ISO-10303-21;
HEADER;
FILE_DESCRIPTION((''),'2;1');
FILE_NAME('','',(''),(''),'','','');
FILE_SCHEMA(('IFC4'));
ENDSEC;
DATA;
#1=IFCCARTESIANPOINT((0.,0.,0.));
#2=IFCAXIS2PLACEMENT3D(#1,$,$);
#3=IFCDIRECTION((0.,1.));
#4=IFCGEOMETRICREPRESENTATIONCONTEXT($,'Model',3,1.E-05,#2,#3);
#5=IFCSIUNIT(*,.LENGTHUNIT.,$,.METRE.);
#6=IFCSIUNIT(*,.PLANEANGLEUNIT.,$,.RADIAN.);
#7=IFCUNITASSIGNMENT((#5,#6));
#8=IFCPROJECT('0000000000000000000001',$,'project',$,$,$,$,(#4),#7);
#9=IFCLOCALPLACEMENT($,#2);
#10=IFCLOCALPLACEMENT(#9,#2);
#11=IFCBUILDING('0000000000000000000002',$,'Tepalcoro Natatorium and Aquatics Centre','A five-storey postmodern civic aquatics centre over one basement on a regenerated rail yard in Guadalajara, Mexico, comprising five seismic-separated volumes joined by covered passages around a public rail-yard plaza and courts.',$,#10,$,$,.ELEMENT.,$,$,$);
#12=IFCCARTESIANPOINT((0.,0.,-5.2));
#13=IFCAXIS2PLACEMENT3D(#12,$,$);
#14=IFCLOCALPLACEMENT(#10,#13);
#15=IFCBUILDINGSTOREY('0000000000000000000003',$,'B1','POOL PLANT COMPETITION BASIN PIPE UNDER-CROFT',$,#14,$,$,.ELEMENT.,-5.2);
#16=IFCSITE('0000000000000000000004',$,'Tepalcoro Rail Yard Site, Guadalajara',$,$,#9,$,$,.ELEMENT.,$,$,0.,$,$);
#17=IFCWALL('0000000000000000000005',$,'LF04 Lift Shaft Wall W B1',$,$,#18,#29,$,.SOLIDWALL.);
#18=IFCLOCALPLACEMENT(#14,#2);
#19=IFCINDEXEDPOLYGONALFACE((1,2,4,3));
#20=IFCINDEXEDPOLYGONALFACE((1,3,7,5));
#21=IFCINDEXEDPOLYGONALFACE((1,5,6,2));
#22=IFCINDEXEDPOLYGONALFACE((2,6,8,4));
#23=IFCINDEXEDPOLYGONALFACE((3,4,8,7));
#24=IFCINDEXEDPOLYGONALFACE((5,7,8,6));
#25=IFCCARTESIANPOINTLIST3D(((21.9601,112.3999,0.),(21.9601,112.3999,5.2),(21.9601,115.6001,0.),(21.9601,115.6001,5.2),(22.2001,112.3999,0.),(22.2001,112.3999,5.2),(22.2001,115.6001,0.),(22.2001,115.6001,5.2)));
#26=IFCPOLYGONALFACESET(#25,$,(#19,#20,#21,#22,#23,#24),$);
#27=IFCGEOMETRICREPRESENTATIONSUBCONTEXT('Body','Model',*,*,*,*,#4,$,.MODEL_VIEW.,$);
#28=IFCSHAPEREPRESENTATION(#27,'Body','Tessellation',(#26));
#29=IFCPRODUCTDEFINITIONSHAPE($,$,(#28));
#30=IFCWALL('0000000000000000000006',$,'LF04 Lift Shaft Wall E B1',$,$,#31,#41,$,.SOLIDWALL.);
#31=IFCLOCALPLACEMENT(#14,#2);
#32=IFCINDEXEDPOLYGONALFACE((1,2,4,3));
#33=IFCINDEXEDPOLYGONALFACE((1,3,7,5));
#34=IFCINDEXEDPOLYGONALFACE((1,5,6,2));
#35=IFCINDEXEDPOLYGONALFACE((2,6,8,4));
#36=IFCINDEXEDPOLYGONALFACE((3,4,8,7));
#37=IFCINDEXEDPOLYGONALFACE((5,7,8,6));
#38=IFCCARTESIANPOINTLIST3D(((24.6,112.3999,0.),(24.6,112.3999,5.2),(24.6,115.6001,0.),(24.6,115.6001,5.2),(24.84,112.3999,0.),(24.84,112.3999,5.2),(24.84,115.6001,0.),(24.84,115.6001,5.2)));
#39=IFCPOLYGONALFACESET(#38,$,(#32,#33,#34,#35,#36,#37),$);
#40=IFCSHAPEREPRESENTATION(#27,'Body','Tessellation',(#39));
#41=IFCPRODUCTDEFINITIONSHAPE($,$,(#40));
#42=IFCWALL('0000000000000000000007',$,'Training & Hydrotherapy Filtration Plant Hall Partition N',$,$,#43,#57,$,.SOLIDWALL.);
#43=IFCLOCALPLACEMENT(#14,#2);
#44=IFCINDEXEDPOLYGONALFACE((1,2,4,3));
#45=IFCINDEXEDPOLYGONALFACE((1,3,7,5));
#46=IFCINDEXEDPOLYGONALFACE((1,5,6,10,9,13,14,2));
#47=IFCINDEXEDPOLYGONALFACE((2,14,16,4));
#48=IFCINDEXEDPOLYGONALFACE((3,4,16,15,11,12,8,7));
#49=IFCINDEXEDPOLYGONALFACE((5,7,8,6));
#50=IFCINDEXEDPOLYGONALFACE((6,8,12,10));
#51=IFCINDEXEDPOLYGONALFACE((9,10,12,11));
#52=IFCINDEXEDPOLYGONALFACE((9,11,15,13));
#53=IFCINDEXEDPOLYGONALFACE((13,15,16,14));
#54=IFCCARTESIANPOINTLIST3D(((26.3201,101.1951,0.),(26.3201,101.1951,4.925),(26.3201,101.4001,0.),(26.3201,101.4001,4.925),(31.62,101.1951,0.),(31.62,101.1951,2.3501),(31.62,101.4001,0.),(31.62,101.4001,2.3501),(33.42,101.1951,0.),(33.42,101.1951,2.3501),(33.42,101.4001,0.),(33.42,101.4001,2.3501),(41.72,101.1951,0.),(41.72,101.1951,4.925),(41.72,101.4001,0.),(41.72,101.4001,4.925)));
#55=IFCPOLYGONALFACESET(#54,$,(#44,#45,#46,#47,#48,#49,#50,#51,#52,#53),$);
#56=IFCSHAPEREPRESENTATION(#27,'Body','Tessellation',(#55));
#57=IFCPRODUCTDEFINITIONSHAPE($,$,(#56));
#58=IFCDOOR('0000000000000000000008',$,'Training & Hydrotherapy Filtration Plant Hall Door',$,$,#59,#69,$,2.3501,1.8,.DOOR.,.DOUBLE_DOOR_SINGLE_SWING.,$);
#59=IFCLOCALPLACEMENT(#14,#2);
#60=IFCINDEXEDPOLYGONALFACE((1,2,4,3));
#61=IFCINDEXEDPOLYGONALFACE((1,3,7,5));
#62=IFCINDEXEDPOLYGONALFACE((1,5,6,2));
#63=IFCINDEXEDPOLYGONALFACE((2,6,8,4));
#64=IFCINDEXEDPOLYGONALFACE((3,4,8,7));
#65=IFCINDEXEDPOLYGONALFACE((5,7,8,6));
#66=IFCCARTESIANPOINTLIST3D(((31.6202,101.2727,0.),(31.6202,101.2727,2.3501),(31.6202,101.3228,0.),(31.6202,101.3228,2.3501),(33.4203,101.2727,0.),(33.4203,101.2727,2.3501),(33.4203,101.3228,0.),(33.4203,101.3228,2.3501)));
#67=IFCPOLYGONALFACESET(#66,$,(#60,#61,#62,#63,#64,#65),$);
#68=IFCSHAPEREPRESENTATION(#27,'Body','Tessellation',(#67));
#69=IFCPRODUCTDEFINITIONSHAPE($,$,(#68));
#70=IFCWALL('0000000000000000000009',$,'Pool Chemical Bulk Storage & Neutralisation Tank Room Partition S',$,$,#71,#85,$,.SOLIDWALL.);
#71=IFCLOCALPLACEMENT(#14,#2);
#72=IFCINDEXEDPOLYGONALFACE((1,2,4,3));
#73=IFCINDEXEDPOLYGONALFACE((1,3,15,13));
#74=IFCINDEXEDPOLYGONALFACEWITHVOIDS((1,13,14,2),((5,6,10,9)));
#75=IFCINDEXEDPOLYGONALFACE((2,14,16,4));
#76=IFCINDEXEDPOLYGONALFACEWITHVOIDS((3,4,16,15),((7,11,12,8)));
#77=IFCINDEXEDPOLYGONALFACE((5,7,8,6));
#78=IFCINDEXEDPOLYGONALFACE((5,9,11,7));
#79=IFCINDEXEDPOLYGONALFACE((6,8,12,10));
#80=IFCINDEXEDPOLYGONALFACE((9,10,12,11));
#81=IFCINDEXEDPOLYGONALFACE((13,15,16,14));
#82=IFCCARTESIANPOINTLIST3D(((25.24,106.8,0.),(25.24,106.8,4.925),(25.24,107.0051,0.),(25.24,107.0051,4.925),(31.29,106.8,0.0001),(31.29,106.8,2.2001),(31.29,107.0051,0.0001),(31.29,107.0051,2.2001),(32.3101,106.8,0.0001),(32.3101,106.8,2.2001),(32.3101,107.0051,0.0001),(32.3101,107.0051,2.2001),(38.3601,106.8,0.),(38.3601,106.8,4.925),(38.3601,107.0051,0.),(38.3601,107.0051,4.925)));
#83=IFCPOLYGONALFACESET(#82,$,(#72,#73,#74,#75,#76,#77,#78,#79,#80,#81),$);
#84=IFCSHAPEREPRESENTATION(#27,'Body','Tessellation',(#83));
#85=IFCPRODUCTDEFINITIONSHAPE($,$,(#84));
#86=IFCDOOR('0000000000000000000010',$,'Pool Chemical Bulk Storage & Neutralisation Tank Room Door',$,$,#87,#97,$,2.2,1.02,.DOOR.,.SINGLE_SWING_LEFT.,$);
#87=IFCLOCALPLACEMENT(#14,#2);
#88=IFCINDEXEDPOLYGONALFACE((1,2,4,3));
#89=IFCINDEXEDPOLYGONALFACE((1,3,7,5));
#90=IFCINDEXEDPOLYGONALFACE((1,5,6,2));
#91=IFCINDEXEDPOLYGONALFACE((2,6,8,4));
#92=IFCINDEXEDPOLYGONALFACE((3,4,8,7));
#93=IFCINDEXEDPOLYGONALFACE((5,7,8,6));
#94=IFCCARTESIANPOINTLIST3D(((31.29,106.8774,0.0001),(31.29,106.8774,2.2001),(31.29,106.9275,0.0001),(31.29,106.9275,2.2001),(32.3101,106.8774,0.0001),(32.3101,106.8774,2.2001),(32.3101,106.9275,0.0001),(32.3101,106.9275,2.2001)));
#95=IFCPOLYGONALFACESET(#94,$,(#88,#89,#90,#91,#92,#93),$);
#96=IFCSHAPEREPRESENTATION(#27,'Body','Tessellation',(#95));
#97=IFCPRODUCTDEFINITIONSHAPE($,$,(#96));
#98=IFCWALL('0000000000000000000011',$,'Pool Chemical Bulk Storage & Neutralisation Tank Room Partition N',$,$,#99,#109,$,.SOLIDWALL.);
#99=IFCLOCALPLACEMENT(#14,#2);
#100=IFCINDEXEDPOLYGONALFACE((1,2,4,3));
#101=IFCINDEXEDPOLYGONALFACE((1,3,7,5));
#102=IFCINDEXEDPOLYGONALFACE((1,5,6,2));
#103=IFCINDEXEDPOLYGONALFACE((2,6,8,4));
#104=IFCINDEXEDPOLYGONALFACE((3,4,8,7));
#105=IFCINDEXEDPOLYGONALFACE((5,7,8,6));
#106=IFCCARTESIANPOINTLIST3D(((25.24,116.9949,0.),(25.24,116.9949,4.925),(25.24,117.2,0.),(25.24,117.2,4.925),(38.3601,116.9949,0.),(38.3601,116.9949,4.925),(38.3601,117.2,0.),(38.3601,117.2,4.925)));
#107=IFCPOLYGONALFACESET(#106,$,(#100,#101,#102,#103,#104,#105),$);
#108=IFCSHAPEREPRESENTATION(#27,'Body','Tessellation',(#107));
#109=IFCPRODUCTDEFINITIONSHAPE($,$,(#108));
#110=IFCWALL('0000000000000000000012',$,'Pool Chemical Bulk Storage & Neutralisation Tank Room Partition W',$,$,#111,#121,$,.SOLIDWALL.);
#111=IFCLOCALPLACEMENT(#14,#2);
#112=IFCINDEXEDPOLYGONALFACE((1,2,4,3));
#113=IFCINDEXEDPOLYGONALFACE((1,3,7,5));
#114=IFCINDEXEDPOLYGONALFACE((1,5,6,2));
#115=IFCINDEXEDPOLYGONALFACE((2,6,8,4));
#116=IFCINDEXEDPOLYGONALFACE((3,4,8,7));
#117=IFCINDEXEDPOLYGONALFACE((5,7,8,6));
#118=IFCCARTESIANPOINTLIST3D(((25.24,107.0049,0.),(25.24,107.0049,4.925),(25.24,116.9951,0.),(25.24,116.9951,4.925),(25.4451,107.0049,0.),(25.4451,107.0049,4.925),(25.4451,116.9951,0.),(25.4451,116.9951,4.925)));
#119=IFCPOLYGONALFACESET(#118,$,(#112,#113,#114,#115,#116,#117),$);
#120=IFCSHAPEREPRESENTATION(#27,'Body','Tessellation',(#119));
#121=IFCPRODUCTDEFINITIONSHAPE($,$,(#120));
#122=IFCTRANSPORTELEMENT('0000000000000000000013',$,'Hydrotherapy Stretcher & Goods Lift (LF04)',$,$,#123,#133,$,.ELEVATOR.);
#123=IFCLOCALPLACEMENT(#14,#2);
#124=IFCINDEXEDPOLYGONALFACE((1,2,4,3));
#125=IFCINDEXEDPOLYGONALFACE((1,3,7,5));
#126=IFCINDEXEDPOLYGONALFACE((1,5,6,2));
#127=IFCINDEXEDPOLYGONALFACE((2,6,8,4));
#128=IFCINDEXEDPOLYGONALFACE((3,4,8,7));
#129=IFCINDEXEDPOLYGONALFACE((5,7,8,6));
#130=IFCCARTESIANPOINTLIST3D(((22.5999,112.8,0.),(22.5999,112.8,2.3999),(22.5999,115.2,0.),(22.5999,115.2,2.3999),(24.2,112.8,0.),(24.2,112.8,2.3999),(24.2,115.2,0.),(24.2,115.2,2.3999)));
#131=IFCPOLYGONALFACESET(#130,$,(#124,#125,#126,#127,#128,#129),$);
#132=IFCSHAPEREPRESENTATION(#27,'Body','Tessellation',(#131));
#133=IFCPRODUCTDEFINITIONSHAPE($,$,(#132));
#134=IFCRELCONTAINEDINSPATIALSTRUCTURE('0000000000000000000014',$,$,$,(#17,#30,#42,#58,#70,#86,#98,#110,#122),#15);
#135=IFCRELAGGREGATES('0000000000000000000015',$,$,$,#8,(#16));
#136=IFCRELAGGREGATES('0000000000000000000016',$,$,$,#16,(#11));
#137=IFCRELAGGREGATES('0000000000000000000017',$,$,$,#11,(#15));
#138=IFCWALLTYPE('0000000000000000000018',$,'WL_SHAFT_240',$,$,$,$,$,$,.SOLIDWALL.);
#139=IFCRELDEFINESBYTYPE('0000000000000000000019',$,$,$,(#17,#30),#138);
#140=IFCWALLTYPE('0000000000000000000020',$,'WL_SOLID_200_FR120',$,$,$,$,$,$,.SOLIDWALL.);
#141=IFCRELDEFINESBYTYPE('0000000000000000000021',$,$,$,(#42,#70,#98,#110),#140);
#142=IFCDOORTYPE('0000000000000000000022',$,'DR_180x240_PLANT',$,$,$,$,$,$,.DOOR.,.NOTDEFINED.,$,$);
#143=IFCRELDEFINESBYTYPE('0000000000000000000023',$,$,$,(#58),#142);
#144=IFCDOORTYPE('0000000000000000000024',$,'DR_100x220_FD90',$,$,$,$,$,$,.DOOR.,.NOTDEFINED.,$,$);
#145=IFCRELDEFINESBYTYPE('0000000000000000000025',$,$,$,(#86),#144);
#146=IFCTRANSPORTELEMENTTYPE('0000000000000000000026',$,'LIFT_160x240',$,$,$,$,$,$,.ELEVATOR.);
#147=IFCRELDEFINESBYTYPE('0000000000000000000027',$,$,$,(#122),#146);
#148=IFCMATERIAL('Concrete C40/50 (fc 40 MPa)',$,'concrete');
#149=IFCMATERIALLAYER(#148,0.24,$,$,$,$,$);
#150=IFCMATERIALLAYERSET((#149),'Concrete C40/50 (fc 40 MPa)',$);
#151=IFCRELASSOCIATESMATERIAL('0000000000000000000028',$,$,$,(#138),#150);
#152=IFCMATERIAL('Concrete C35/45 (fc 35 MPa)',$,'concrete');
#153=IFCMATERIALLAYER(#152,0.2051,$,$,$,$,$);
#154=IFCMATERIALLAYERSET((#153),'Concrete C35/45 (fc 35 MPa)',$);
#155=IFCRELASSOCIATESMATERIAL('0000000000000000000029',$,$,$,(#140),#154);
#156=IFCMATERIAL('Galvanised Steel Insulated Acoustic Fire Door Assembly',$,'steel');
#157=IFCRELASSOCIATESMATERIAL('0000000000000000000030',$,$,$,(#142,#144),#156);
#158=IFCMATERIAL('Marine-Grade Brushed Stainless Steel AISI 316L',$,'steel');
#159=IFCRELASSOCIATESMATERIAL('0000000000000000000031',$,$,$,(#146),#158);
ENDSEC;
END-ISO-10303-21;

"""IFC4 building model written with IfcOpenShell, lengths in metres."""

from ifc_helpers import new_model, si_unit, direction, frame, frame_2d, origin, origin_2d, place, context, subcontext, project, spatial, rectangle, extrude, material, layer, layer_set, type_object, element, fill, save


model = new_model("IFC4")

# Units and contexts
model_context = context("Model", 3, precision=1e-05, world=origin(), true_north=direction((0.0, 1.0)))
body_context = subcontext(model_context, "Body", "Model", "MODEL_VIEW")
ifc_project = project(units=[si_unit("LENGTHUNIT", "METRE"), si_unit("PLANEANGLEUNIT", "RADIAN")], contexts=[model_context])

# Site, building, storey
site_placement = place(None, origin())
site = spatial("IfcSite", under=ifc_project, at=site_placement, Name="Tepalcoro Rail Yard Site, Guadalajara", CompositionType="ELEMENT", RefElevation=0.0)
building_placement = place(site_placement, origin())
building = spatial("IfcBuilding", under=site, at=building_placement, Name="Tepalcoro Natatorium and Aquatics Centre", Description="A five-storey postmodern civic aquatics centre over one basement on a regenerated rail yard in Guadalajara, Mexico, comprising five seismic-separated volumes joined by covered passages around a public rail-yard plaza and courts.", CompositionType="ELEMENT")
storey_placement = place(building_placement, frame((0.0, 0.0, -5.2)))
storey = spatial("IfcBuildingStorey", under=building, at=storey_placement, Name="B1", Description="POOL PLANT COMPETITION BASIN PIPE UNDER-CROFT", CompositionType="ELEMENT", Elevation=-5.2)

# Shared definitions
ifc_material_1 = material(Name="Concrete C40/50 (fc 40 MPa)", Category="concrete")

# Shared definitions
ifc_layer_1 = layer(ifc_material_1, 0.24)
ifc_layer_set_1 = layer_set([ifc_layer_1], Name="Concrete C40/50 (fc 40 MPa)")
wall_type_1 = type_object("IfcWallType", Name="WL_SHAFT_240", PredefinedType="SOLIDWALL", material=ifc_layer_set_1)
ifc_material_2 = material(Name="Marine-Grade Brushed Stainless Steel AISI 316L", Category="steel")

# Walls
for number, where, z_axis, x_axis, name in (
    (1, (22.0801, 112.3999, 0.0), (0.0, 0.0, 1.0), (0.0, 1.0, 0.0), "LF04 Lift Shaft Wall W B1"),
    (2, (24.72, 112.3999, 0.0), (0.0, 0.0, 1.0), (0.0, 1.0, 0.0), "LF04 Lift Shaft Wall E B1"),
):
    element("IfcWall", number, at=place(storey_placement, frame(where, z_axis=z_axis, x_axis=x_axis)), inside=storey, type_object=wall_type_1, Name=name, PredefinedType="SOLIDWALL", context=body_context, shape_type="SweptSolid", body=[
        extrude(rectangle(XDim=3.2002, YDim=0.24, at=frame_2d((1.6001, 0.0))), origin(), (0.0, 0.0, 1.0), 5.2),
    ])

# Walls, openings, doors
ifc_material_3 = material(Name="Concrete C35/45 (fc 35 MPa)", Category="concrete")
ifc_layer_2 = layer(ifc_material_3, 0.2051)
ifc_layer_set_2 = layer_set([ifc_layer_2], Name="Concrete C35/45 (fc 35 MPa)")
wall_type_2 = type_object("IfcWallType", Name="WL_SOLID_200_FR120", PredefinedType="SOLIDWALL", material=ifc_layer_set_2)
wall_1_placement = place(storey_placement, frame((26.3201, 101.2976, 0.0), z_axis=(0.0, 0.0, 1.0), x_axis=(1.0, 0.0, 0.0)))
wall_1 = element("IfcWall", 3, at=wall_1_placement, inside=storey, type_object=wall_type_2, Name="Training & Hydrotherapy Filtration Plant Hall Partition N", PredefinedType="SOLIDWALL", context=body_context, shape_type="SweptSolid", body=[
    extrude(rectangle(XDim=15.3999, YDim=0.2051, at=frame_2d((7.7, 0.0))), origin(), (0.0, 0.0, 1.0), 4.925),
])
opening_1_placement = place(wall_1_placement, frame((5.3, 0.0, 0.0)))
opening_1 = element("IfcOpeningElement", 4, at=opening_1_placement, cuts=wall_1, PredefinedType="OPENING", context=body_context, shape_type="SweptSolid", body=[
    extrude(rectangle(XDim=1.8, YDim=2.3501, at=frame_2d((0.8999, 1.175))), frame((0.0, 0.1145, 0.0), z_axis=(0.0, -1.0, 0.0), x_axis=(1.0, 0.0, 0.0)), (0.0, 0.0, 1.0), 0.229),
])
ifc_material_4 = material(Name="Galvanised Steel Insulated Acoustic Fire Door Assembly", Category="steel")
door_type_1 = type_object("IfcDoorType", Name="DR_180x240_PLANT", OperationType="NOTDEFINED", PredefinedType="DOOR", material=ifc_material_4)
door_1_placement = place(opening_1_placement, frame((1.8, 0.0, 0.0), z_axis=(0.0, 0.0, 1.0), x_axis=(-1.0, 0.0, 0.0)))
door_1 = element("IfcDoor", 5, at=door_1_placement, inside=storey, type_object=door_type_1, Name="Training & Hydrotherapy Filtration Plant Hall Door", OperationType="DOUBLE_DOOR_SINGLE_SWING", OverallHeight=2.3501, OverallWidth=1.8, PredefinedType="DOOR", context=body_context, shape_type="SweptSolid", body=[
    extrude(rectangle(XDim=1.8, YDim=2.3501, at=frame_2d((0.8999, 1.175))), frame((0.0, 0.0249, 0.0), z_axis=(0.0, -1.0, 0.0), x_axis=(1.0, 0.0, 0.0)), (0.0, 0.0, 1.0), 0.05),
])
fill(opening_1, door_1)
wall_2_placement = place(storey_placement, frame((25.24, 106.9026, 0.0), z_axis=(0.0, 0.0, 1.0), x_axis=(1.0, 0.0, 0.0)))
wall_2 = element("IfcWall", 6, at=wall_2_placement, inside=storey, type_object=wall_type_2, Name="Pool Chemical Bulk Storage & Neutralisation Tank Room Partition S", PredefinedType="SOLIDWALL", context=body_context, shape_type="SweptSolid", body=[
    extrude(rectangle(XDim=13.1201, YDim=0.2051, at=frame_2d((6.5601, 0.0))), origin(), (0.0, 0.0, 1.0), 4.925),
])
opening_2_placement = place(wall_2_placement, frame((6.05, 0.0, 0.0)))
opening_2 = element("IfcOpeningElement", 7, at=opening_2_placement, cuts=wall_2, PredefinedType="OPENING", context=body_context, shape_type="SweptSolid", body=[
    extrude(rectangle(XDim=1.02, YDim=2.2, at=frame_2d((0.51, 1.1001))), frame((0.0, 0.1145, 0.0), z_axis=(0.0, -1.0, 0.0), x_axis=(1.0, 0.0, 0.0)), (0.0, 0.0, 1.0), 0.229),
])
door_type_2 = type_object("IfcDoorType", Name="DR_100x220_FD90", OperationType="NOTDEFINED", PredefinedType="DOOR", material=ifc_material_4)
door_2_placement = place(opening_2_placement, origin())
door_2 = element("IfcDoor", 8, at=door_2_placement, inside=storey, type_object=door_type_2, Name="Pool Chemical Bulk Storage & Neutralisation Tank Room Door", OperationType="SINGLE_SWING_LEFT", OverallHeight=2.2, OverallWidth=1.02, PredefinedType="DOOR", context=body_context, shape_type="SweptSolid", body=[
    extrude(rectangle(XDim=1.02, YDim=2.2, at=frame_2d((0.51, 1.1001))), frame((0.0, 0.0249, 0.0), z_axis=(0.0, -1.0, 0.0), x_axis=(1.0, 0.0, 0.0)), (0.0, 0.0, 1.0), 0.05),
])
fill(opening_2, door_2)

# Walls
wall_3_placement = place(storey_placement, frame((25.24, 117.0974, 0.0), z_axis=(0.0, 0.0, 1.0), x_axis=(1.0, 0.0, 0.0)))
element("IfcWall", 9, at=wall_3_placement, inside=storey, type_object=wall_type_2, Name="Pool Chemical Bulk Storage & Neutralisation Tank Room Partition N", PredefinedType="SOLIDWALL", context=body_context, shape_type="SweptSolid", body=[
    extrude(rectangle(XDim=13.1201, YDim=0.2051, at=frame_2d((6.5601, 0.0))), origin(), (0.0, 0.0, 1.0), 4.925),
])
wall_4_placement = place(storey_placement, frame((25.3425, 107.0049, 0.0), z_axis=(0.0, 0.0, 1.0), x_axis=(0.0, 1.0, 0.0)))
element("IfcWall", 10, at=wall_4_placement, inside=storey, type_object=wall_type_2, Name="Pool Chemical Bulk Storage & Neutralisation Tank Room Partition W", PredefinedType="SOLIDWALL", context=body_context, shape_type="SweptSolid", body=[
    extrude(rectangle(XDim=9.9902, YDim=0.2051, at=frame_2d((4.9951, 0.0))), origin(), (0.0, 0.0, 1.0), 4.925),
])

# Transport element
transport_element_type = type_object("IfcTransportElementType", Name="LIFT_160x240", PredefinedType="ELEVATOR", material=ifc_material_2)
transport_element_placement = place(storey_placement, frame((23.3999, 114.0, 0.0), z_axis=(0.0, 0.0, 1.0), x_axis=(1.0, 0.0, 0.0)))
element("IfcTransportElement", 11, at=transport_element_placement, inside=storey, type_object=transport_element_type, Name="Hydrotherapy Stretcher & Goods Lift (LF04)", PredefinedType="ELEVATOR", context=body_context, shape_type="SweptSolid", body=[
    extrude(rectangle(XDim=1.6001, YDim=2.3999, at=origin_2d()), origin(), (0.0, 0.0, 1.0), 2.3999),
])

save(model, "model.ifc")
